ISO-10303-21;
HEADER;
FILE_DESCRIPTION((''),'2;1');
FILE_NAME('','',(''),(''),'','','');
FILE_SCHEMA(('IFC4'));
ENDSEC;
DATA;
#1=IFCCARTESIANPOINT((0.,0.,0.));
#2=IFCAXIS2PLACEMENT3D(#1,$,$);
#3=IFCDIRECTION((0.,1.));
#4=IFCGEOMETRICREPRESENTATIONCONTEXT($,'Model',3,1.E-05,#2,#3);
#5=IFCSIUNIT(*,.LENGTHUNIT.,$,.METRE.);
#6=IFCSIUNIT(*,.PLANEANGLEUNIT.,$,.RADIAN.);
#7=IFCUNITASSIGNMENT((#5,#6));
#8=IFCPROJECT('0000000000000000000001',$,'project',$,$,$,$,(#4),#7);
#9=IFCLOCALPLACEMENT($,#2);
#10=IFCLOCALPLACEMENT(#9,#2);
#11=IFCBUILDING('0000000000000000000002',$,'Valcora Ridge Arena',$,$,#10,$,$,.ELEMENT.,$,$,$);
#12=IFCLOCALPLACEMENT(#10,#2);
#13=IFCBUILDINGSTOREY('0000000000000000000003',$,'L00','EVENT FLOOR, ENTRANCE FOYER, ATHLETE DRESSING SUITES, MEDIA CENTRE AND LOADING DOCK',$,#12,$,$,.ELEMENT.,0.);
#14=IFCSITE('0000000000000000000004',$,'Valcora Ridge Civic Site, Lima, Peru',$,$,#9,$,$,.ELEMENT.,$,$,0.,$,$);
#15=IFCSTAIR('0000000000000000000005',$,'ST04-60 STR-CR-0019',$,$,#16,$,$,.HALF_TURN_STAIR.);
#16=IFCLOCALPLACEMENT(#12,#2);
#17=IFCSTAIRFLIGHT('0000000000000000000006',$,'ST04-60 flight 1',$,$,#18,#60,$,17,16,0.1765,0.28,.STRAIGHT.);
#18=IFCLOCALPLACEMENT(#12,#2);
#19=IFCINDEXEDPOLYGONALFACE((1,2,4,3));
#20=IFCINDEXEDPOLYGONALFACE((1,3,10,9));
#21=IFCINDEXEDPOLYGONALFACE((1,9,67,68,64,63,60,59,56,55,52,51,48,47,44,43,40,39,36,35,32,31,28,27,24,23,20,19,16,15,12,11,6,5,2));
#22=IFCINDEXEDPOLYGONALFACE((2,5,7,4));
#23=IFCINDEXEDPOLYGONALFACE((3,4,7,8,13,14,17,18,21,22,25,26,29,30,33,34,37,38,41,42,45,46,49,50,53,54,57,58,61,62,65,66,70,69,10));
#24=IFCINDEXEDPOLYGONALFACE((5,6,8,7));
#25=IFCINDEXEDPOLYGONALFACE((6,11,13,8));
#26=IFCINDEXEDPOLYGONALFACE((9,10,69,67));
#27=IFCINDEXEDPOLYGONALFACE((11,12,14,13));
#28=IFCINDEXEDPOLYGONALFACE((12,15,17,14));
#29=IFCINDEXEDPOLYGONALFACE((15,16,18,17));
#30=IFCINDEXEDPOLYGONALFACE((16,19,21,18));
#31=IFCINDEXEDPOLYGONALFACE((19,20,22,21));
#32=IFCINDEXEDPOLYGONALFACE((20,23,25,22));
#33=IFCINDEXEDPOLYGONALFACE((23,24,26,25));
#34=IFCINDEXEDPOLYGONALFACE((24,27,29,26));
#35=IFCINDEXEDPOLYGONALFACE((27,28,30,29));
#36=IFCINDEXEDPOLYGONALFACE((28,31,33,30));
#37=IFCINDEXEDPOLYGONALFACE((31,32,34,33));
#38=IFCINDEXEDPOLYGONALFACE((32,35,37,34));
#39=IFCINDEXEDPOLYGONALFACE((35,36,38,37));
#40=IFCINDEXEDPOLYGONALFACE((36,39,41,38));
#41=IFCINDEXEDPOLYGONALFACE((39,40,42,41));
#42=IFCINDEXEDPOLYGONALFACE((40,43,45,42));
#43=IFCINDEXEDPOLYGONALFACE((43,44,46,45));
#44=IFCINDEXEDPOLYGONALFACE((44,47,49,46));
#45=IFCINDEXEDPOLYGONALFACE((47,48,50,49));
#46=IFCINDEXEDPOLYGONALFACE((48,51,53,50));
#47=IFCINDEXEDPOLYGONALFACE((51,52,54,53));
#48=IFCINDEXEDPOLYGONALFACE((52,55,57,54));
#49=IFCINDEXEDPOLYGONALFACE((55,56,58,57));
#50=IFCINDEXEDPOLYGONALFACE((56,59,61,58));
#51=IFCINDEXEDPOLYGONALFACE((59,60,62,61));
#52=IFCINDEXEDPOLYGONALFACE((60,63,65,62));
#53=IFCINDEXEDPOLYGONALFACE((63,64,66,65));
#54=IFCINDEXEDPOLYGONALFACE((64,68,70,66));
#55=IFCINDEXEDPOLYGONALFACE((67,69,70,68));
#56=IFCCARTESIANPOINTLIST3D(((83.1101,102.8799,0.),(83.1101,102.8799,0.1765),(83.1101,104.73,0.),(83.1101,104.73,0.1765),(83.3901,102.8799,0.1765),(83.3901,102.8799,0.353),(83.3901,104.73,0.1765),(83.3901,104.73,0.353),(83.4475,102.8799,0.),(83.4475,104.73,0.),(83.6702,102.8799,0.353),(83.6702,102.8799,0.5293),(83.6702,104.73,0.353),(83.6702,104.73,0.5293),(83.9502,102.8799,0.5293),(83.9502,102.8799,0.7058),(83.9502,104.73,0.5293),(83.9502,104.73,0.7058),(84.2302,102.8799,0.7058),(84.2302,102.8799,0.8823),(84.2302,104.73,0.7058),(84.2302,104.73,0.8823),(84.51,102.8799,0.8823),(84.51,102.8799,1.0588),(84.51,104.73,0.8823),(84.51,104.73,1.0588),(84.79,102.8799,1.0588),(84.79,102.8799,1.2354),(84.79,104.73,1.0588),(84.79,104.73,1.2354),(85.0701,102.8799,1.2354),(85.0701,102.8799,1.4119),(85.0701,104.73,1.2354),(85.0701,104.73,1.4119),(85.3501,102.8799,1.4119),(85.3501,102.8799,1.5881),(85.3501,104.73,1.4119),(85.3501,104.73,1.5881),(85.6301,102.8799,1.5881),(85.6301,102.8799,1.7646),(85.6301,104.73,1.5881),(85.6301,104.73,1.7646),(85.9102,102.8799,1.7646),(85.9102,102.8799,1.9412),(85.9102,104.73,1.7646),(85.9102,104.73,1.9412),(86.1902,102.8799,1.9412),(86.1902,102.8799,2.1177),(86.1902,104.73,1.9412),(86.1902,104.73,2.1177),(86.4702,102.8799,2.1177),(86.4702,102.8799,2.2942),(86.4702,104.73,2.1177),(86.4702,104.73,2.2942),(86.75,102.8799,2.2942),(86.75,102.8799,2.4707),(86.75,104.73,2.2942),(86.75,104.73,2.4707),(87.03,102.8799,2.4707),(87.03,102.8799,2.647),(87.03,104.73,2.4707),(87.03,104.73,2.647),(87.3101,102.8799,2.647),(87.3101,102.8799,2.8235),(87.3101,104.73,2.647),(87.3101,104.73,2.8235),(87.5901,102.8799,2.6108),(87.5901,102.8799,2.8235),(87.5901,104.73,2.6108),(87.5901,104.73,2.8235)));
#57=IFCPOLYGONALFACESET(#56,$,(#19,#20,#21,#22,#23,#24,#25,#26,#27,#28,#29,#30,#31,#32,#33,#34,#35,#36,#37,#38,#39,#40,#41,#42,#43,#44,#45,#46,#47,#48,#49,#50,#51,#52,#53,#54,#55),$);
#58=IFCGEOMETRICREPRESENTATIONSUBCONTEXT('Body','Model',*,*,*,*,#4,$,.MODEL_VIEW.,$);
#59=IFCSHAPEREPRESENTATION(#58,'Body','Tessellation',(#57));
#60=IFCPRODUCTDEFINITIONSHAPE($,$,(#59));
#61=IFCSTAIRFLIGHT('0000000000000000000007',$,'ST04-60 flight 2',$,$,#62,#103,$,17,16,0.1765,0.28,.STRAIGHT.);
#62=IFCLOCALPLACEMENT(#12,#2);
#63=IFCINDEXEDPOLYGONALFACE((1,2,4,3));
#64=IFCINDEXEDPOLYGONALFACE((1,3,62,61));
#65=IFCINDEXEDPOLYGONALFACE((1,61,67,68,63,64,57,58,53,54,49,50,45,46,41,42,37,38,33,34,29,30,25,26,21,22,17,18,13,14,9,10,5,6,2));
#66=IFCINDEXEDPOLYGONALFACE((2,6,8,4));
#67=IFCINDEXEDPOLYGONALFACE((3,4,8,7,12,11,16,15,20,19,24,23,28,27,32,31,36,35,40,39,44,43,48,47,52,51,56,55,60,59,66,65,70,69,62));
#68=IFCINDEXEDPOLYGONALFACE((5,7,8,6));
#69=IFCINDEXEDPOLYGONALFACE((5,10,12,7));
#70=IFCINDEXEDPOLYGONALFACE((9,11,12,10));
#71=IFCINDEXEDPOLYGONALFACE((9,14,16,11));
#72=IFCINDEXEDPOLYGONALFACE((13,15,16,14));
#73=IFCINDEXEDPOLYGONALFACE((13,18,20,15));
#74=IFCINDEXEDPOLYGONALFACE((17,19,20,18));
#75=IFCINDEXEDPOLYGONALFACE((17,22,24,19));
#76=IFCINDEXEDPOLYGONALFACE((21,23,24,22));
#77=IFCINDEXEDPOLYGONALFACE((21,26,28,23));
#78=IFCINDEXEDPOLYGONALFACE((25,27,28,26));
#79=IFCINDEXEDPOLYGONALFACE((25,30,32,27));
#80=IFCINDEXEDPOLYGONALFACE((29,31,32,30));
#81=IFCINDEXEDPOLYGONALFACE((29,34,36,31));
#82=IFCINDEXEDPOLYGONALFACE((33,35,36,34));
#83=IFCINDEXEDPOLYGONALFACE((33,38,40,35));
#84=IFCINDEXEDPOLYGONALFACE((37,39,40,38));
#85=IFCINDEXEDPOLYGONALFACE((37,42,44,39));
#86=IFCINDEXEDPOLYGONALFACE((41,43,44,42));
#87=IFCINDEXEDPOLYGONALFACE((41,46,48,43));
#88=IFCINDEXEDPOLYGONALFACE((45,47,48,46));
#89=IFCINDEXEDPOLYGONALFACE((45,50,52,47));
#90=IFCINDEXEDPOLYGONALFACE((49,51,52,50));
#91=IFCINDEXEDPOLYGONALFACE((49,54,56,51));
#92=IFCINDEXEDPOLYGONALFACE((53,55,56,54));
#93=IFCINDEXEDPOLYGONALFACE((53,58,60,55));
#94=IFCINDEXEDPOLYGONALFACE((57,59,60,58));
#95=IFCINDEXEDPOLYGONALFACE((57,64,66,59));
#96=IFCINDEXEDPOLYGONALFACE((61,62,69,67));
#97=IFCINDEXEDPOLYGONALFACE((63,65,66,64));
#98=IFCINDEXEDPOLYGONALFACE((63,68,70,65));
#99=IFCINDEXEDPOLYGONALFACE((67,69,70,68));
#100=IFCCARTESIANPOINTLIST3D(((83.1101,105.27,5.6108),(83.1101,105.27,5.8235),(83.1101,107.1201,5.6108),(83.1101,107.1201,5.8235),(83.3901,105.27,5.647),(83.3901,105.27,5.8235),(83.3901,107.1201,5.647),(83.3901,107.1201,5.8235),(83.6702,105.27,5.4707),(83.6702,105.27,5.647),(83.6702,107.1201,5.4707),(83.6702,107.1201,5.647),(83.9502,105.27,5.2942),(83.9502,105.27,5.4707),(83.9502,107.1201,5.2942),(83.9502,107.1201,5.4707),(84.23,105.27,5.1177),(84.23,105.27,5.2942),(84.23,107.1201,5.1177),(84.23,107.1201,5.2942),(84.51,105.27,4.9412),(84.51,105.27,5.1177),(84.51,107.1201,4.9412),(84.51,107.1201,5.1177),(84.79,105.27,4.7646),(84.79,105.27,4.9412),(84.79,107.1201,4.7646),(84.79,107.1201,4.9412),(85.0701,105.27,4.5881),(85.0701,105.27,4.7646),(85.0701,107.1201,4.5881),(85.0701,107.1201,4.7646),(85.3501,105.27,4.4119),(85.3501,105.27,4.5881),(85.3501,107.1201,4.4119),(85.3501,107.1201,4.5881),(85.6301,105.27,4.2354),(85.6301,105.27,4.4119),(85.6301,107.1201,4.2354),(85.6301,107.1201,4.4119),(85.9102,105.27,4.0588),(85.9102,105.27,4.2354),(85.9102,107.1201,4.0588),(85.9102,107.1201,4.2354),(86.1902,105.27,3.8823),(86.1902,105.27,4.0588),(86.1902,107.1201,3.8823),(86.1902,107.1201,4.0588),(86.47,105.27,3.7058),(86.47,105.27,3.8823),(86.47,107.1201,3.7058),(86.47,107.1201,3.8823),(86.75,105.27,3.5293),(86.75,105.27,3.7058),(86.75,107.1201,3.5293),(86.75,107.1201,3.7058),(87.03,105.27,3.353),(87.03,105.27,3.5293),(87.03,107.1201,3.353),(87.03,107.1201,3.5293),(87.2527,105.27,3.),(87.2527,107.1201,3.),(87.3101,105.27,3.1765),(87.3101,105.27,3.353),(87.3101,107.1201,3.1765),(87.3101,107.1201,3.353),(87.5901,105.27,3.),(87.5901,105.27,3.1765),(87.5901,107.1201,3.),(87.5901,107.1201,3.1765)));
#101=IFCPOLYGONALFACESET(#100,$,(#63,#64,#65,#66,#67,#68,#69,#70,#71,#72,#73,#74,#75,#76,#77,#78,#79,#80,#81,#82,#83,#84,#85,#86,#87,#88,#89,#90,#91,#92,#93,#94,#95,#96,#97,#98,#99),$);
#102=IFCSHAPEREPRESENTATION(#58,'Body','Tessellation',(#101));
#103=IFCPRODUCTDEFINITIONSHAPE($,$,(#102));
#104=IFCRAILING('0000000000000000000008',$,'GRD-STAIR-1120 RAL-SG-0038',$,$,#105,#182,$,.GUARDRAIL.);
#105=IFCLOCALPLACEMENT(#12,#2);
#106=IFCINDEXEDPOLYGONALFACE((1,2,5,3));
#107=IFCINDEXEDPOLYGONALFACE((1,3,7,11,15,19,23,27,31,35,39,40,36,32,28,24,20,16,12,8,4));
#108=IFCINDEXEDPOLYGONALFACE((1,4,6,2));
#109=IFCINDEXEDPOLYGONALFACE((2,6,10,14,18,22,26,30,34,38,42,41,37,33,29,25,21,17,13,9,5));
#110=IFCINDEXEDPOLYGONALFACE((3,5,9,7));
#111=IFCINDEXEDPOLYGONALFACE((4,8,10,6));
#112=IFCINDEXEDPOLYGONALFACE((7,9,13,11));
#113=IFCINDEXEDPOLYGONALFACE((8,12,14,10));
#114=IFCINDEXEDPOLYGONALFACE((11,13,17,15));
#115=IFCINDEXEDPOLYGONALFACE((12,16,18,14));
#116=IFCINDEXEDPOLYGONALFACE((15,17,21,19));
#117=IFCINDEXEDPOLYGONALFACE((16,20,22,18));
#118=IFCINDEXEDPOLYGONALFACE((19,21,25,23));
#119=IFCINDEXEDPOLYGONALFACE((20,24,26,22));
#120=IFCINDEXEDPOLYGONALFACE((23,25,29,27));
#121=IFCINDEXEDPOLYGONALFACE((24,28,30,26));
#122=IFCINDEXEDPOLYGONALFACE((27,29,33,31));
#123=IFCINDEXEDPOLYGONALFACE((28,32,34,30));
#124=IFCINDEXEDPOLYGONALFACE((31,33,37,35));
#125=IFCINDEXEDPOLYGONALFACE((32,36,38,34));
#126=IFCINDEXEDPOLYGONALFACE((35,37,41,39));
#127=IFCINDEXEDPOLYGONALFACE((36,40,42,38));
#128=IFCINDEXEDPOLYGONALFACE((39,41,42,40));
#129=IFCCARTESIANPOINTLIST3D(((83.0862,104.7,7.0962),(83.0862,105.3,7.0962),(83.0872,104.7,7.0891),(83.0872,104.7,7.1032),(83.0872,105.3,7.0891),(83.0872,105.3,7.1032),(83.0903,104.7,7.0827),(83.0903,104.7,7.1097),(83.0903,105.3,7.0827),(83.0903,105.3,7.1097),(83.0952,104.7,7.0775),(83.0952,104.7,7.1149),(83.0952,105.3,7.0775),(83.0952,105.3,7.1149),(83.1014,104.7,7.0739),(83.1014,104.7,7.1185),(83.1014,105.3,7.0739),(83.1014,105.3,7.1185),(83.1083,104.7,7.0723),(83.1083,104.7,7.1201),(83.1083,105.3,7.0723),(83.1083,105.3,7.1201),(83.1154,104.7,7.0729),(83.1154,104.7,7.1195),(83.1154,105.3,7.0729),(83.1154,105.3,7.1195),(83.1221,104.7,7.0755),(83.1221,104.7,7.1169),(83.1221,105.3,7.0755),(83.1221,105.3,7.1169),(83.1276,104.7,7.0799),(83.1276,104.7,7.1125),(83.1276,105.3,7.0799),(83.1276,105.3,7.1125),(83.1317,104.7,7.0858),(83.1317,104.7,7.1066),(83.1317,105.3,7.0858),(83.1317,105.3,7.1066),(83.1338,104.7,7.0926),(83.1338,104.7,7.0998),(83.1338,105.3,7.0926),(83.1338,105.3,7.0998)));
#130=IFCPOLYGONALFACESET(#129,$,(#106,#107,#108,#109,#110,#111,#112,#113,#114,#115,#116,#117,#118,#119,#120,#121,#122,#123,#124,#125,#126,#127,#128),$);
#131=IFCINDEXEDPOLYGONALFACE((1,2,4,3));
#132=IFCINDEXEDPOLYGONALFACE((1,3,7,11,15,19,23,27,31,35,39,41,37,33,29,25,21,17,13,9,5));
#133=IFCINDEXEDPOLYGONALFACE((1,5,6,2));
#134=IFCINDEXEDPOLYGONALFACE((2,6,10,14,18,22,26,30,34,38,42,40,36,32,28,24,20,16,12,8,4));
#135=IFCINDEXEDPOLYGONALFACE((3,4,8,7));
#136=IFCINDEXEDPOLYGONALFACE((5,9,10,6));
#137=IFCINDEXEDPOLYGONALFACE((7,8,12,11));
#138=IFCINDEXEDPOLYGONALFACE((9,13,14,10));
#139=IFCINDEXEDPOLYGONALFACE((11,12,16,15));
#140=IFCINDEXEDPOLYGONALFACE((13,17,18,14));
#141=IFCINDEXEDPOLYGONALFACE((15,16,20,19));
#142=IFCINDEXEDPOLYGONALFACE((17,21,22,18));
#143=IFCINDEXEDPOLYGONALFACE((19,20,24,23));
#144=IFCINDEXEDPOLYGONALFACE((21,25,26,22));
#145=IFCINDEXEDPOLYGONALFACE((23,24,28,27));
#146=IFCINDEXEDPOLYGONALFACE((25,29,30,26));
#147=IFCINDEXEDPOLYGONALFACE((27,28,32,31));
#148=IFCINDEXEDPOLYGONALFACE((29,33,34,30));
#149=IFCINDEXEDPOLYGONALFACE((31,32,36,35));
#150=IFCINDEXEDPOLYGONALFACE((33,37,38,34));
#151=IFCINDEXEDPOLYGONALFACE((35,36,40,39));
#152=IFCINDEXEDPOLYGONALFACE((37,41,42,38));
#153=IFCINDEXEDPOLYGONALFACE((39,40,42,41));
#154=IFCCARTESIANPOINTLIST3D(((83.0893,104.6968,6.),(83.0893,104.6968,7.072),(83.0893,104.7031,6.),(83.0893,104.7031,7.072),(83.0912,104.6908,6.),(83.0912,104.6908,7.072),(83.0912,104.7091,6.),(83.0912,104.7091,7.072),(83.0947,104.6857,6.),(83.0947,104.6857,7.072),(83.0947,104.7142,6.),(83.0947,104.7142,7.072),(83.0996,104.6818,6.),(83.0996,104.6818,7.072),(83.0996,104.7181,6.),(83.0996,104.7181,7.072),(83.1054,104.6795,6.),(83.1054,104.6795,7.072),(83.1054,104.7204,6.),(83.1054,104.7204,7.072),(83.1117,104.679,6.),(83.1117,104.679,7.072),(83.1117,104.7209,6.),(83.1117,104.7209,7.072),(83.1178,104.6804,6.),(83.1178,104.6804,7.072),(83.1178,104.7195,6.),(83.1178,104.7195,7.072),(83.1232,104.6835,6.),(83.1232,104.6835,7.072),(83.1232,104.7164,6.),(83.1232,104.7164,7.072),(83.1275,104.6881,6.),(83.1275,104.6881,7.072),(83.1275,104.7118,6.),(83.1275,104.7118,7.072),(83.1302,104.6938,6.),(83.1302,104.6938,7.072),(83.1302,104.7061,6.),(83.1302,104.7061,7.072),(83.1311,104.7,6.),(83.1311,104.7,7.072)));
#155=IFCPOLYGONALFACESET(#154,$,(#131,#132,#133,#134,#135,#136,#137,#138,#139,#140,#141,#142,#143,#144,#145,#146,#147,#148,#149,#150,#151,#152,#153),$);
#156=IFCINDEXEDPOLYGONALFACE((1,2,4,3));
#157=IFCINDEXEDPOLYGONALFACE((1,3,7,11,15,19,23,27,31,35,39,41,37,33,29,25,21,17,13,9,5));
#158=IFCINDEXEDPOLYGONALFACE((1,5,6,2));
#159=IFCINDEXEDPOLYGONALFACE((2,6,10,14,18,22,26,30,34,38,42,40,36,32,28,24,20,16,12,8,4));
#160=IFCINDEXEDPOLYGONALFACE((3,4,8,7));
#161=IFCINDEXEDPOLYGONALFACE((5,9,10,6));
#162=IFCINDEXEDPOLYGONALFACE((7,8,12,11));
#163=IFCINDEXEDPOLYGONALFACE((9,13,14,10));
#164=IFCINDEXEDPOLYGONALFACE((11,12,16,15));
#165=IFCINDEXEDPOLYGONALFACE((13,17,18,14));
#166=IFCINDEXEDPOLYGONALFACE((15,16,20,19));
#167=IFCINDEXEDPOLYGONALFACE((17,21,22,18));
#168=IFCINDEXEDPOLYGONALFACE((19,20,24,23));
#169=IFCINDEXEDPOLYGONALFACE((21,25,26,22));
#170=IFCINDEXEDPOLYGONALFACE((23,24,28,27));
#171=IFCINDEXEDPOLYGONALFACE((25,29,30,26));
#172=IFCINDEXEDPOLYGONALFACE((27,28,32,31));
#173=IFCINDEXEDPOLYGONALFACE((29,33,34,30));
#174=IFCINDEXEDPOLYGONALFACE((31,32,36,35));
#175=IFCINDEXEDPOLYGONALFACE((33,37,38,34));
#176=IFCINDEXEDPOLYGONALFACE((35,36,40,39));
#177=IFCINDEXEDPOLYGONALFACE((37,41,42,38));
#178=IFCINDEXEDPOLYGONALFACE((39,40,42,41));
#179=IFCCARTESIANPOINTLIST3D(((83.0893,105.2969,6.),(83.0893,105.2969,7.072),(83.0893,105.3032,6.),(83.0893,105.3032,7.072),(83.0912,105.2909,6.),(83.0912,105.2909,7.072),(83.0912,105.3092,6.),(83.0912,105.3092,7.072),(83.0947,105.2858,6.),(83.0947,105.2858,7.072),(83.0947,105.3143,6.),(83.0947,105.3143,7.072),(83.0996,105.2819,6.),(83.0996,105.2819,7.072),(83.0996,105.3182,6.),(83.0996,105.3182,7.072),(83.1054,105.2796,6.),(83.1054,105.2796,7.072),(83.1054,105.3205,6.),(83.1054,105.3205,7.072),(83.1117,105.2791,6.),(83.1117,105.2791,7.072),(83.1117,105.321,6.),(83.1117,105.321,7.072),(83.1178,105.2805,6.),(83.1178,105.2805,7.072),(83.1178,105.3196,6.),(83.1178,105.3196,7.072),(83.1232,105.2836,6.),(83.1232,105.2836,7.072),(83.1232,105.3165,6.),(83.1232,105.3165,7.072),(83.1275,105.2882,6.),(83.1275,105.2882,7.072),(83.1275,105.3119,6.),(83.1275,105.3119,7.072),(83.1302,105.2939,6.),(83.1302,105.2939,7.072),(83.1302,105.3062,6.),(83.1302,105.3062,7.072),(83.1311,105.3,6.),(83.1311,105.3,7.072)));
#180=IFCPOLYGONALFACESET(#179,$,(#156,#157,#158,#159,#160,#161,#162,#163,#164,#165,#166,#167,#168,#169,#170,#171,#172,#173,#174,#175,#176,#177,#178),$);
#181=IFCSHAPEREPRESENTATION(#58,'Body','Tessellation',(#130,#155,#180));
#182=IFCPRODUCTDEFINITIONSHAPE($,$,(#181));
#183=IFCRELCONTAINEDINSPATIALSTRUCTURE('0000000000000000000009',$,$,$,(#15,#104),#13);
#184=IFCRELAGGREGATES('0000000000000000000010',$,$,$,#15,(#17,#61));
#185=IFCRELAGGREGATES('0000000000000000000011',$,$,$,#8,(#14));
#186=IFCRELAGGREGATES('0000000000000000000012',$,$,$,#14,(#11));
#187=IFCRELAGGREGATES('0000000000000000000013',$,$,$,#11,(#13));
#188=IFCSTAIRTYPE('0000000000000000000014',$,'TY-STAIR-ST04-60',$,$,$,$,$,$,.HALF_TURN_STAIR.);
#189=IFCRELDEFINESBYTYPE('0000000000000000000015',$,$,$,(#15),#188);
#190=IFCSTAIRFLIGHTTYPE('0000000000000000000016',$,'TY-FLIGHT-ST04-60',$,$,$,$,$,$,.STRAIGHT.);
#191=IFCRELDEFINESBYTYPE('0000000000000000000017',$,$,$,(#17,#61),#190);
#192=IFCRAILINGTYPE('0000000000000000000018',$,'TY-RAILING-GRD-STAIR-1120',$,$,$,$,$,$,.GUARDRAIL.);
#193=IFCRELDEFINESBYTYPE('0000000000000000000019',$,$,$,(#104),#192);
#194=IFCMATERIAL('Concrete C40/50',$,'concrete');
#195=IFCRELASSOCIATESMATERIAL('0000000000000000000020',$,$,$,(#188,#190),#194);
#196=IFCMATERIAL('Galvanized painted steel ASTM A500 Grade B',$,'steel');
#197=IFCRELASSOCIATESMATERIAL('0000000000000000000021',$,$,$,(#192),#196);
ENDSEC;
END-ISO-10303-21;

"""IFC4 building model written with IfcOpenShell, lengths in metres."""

from ifc_helpers import new_model, si_unit, direction, frame, origin, origin_2d, place, context, subcontext, project, spatial, polyline, circle, outline, extrude, material, type_object, element, aggregate, save


model = new_model("IFC4")

# Units and contexts
model_context = context("Model", 3, precision=1e-05, world=origin(), true_north=direction((0.0, 1.0)))
body_context = subcontext(model_context, "Body", "Model", "MODEL_VIEW")
ifc_project = project(units=[si_unit("LENGTHUNIT", "METRE"), si_unit("PLANEANGLEUNIT", "RADIAN")], contexts=[model_context])

# Site, building, storey
site_placement = place(None, origin())
site = spatial("IfcSite", under=ifc_project, at=site_placement, Name="Valcora Ridge Civic Site, Lima, Peru", CompositionType="ELEMENT", RefElevation=0.0)
building_placement = place(site_placement, origin())
building = spatial("IfcBuilding", under=site, at=building_placement, Name="Valcora Ridge Arena", CompositionType="ELEMENT")
storey_placement = place(building_placement, origin())
storey = spatial("IfcBuildingStorey", under=building, at=storey_placement, Name="L00", Description="EVENT FLOOR, ENTRANCE FOYER, ATHLETE DRESSING SUITES, MEDIA CENTRE AND LOADING DOCK", CompositionType="ELEMENT", Elevation=0.0)

# Shared definitions
ifc_material_1 = material(Name="Concrete C40/50", Category="concrete")

# Stair, stair flights
stair_type = type_object("IfcStairType", Name="TY-STAIR-ST04-60", PredefinedType="HALF_TURN_STAIR", material=ifc_material_1)
stair_placement = place(storey_placement, origin())
stair = element("IfcStair", 1, at=stair_placement, inside=storey, type_object=stair_type, Name="ST04-60 STR-CR-0019", PredefinedType="HALF_TURN_STAIR")
stair_flight_type = type_object("IfcStairFlightType", Name="TY-FLIGHT-ST04-60", PredefinedType="STRAIGHT", material=ifc_material_1)
stair_flight_1_placement = place(storey_placement, frame((83.1101, 103.8049, 0.0), z_axis=(0.0, 0.0, 1.0), x_axis=(1.0, 0.0, 0.0)))
stair_flight_1 = element("IfcStairFlight", 2, at=stair_flight_1_placement, type_object=stair_flight_type, Name="ST04-60 flight 1", NumberOfRisers=17, NumberOfTreads=16, PredefinedType="STRAIGHT", RiserHeight=0.1765, TreadLength=0.28, context=body_context, shape_type="SweptSolid", body=[
    extrude(outline(polyline([(0.0, 0.0), (0.0, 0.1765), (0.28, 0.1765), (0.28, 0.353), (0.5601, 0.353), (0.5601, 0.5293), (0.8401, 0.5293), (0.8401, 0.7058), (1.1201, 0.7058), (1.1201, 0.8823), (1.3999, 0.8823), (1.3999, 1.0588), (1.6799, 1.0588), (1.6799, 1.2354), (1.96, 1.2354), (1.96, 1.4119), (2.24, 1.4119), (2.24, 1.5881), (2.52, 1.5881), (2.52, 1.7646), (2.8, 1.7646), (2.8, 1.9412), (3.0801, 1.9412), (3.0801, 2.1177), (3.3601, 2.1177), (3.3601, 2.2942), (3.6399, 2.2942), (3.6399, 2.4707), (3.9199, 2.4707), (3.9199, 2.647), (4.2, 2.647), (4.2, 2.8235), (4.48, 2.8235), (4.48, 3.0), (4.48, 2.6108), (0.3374, 0.0), (0.0, 0.0)])), frame((0.0, 0.925, 0.0), z_axis=(0.0, -1.0, 0.0), x_axis=(1.0, 0.0, 0.0)), (0.0, 0.0, 1.0), 1.8501),
])
stair_flight_2_placement = place(storey_placement, frame((87.5901, 106.1951, 3.0), z_axis=(0.0, 0.0, 1.0), x_axis=(-1.0, 0.0, 0.0)))
stair_flight_2 = element("IfcStairFlight", 3, at=stair_flight_2_placement, type_object=stair_flight_type, Name="ST04-60 flight 2", NumberOfRisers=17, NumberOfTreads=16, PredefinedType="STRAIGHT", RiserHeight=0.1765, TreadLength=0.28, context=body_context, shape_type="SweptSolid", body=[
    extrude(outline(polyline([(0.0, 0.0), (0.0, 0.1765), (0.28, 0.1765), (0.28, 0.353), (0.5601, 0.353), (0.5601, 0.5293), (0.8401, 0.5293), (0.8401, 0.7058), (1.1201, 0.7058), (1.1201, 0.8823), (1.3999, 0.8823), (1.3999, 1.0588), (1.6799, 1.0588), (1.6799, 1.2354), (1.96, 1.2354), (1.96, 1.4119), (2.24, 1.4119), (2.24, 1.5881), (2.52, 1.5881), (2.52, 1.7646), (2.8, 1.7646), (2.8, 1.9412), (3.0801, 1.9412), (3.0801, 2.1177), (3.3601, 2.1177), (3.3601, 2.2942), (3.6399, 2.2942), (3.6399, 2.4707), (3.9199, 2.4707), (3.9199, 2.647), (4.2, 2.647), (4.2, 2.8235), (4.48, 2.8235), (4.48, 3.0), (4.48, 2.6108), (0.3374, 0.0), (0.0, 0.0)])), frame((0.0, 0.925, 0.0), z_axis=(0.0, -1.0, 0.0), x_axis=(1.0, 0.0, 0.0)), (0.0, 0.0, 1.0), 1.8501),
])
aggregate(stair, [stair_flight_1, stair_flight_2])

# Railing
ifc_material_2 = material(Name="Galvanized painted steel ASTM A500 Grade B", Category="steel")
railing_type_1 = type_object("IfcRailingType", Name="TY-RAILING-GRD-STAIR-1120", PredefinedType="GUARDRAIL", material=ifc_material_2)
railing_1_placement = place(storey_placement, frame((83.1101, 104.7, 6.0)))
element("IfcRailing", 4, at=railing_1_placement, inside=storey, type_object=railing_type_1, Name="GRD-STAIR-1120 RAL-SG-0038", PredefinedType="GUARDRAIL", context=body_context, shape_type="SweptSolid", body=[
    extrude(circle(Radius=0.0239, at=origin_2d()), frame((0.0, 0.0, 1.0962), z_axis=(0.0, 1.0, 0.0), x_axis=(-1.0, 0.0, 0.0)), (0.0, 0.0, 1.0), 0.6001),
    extrude(circle(Radius=0.021, at=origin_2d()), origin(), (0.0, 0.0, 1.0), 1.072),
    extrude(circle(Radius=0.021, at=origin_2d()), frame((0.0, 0.6001, 0.0)), (0.0, 0.0, 1.0), 1.072),
])

save(model, "model.ifc")
